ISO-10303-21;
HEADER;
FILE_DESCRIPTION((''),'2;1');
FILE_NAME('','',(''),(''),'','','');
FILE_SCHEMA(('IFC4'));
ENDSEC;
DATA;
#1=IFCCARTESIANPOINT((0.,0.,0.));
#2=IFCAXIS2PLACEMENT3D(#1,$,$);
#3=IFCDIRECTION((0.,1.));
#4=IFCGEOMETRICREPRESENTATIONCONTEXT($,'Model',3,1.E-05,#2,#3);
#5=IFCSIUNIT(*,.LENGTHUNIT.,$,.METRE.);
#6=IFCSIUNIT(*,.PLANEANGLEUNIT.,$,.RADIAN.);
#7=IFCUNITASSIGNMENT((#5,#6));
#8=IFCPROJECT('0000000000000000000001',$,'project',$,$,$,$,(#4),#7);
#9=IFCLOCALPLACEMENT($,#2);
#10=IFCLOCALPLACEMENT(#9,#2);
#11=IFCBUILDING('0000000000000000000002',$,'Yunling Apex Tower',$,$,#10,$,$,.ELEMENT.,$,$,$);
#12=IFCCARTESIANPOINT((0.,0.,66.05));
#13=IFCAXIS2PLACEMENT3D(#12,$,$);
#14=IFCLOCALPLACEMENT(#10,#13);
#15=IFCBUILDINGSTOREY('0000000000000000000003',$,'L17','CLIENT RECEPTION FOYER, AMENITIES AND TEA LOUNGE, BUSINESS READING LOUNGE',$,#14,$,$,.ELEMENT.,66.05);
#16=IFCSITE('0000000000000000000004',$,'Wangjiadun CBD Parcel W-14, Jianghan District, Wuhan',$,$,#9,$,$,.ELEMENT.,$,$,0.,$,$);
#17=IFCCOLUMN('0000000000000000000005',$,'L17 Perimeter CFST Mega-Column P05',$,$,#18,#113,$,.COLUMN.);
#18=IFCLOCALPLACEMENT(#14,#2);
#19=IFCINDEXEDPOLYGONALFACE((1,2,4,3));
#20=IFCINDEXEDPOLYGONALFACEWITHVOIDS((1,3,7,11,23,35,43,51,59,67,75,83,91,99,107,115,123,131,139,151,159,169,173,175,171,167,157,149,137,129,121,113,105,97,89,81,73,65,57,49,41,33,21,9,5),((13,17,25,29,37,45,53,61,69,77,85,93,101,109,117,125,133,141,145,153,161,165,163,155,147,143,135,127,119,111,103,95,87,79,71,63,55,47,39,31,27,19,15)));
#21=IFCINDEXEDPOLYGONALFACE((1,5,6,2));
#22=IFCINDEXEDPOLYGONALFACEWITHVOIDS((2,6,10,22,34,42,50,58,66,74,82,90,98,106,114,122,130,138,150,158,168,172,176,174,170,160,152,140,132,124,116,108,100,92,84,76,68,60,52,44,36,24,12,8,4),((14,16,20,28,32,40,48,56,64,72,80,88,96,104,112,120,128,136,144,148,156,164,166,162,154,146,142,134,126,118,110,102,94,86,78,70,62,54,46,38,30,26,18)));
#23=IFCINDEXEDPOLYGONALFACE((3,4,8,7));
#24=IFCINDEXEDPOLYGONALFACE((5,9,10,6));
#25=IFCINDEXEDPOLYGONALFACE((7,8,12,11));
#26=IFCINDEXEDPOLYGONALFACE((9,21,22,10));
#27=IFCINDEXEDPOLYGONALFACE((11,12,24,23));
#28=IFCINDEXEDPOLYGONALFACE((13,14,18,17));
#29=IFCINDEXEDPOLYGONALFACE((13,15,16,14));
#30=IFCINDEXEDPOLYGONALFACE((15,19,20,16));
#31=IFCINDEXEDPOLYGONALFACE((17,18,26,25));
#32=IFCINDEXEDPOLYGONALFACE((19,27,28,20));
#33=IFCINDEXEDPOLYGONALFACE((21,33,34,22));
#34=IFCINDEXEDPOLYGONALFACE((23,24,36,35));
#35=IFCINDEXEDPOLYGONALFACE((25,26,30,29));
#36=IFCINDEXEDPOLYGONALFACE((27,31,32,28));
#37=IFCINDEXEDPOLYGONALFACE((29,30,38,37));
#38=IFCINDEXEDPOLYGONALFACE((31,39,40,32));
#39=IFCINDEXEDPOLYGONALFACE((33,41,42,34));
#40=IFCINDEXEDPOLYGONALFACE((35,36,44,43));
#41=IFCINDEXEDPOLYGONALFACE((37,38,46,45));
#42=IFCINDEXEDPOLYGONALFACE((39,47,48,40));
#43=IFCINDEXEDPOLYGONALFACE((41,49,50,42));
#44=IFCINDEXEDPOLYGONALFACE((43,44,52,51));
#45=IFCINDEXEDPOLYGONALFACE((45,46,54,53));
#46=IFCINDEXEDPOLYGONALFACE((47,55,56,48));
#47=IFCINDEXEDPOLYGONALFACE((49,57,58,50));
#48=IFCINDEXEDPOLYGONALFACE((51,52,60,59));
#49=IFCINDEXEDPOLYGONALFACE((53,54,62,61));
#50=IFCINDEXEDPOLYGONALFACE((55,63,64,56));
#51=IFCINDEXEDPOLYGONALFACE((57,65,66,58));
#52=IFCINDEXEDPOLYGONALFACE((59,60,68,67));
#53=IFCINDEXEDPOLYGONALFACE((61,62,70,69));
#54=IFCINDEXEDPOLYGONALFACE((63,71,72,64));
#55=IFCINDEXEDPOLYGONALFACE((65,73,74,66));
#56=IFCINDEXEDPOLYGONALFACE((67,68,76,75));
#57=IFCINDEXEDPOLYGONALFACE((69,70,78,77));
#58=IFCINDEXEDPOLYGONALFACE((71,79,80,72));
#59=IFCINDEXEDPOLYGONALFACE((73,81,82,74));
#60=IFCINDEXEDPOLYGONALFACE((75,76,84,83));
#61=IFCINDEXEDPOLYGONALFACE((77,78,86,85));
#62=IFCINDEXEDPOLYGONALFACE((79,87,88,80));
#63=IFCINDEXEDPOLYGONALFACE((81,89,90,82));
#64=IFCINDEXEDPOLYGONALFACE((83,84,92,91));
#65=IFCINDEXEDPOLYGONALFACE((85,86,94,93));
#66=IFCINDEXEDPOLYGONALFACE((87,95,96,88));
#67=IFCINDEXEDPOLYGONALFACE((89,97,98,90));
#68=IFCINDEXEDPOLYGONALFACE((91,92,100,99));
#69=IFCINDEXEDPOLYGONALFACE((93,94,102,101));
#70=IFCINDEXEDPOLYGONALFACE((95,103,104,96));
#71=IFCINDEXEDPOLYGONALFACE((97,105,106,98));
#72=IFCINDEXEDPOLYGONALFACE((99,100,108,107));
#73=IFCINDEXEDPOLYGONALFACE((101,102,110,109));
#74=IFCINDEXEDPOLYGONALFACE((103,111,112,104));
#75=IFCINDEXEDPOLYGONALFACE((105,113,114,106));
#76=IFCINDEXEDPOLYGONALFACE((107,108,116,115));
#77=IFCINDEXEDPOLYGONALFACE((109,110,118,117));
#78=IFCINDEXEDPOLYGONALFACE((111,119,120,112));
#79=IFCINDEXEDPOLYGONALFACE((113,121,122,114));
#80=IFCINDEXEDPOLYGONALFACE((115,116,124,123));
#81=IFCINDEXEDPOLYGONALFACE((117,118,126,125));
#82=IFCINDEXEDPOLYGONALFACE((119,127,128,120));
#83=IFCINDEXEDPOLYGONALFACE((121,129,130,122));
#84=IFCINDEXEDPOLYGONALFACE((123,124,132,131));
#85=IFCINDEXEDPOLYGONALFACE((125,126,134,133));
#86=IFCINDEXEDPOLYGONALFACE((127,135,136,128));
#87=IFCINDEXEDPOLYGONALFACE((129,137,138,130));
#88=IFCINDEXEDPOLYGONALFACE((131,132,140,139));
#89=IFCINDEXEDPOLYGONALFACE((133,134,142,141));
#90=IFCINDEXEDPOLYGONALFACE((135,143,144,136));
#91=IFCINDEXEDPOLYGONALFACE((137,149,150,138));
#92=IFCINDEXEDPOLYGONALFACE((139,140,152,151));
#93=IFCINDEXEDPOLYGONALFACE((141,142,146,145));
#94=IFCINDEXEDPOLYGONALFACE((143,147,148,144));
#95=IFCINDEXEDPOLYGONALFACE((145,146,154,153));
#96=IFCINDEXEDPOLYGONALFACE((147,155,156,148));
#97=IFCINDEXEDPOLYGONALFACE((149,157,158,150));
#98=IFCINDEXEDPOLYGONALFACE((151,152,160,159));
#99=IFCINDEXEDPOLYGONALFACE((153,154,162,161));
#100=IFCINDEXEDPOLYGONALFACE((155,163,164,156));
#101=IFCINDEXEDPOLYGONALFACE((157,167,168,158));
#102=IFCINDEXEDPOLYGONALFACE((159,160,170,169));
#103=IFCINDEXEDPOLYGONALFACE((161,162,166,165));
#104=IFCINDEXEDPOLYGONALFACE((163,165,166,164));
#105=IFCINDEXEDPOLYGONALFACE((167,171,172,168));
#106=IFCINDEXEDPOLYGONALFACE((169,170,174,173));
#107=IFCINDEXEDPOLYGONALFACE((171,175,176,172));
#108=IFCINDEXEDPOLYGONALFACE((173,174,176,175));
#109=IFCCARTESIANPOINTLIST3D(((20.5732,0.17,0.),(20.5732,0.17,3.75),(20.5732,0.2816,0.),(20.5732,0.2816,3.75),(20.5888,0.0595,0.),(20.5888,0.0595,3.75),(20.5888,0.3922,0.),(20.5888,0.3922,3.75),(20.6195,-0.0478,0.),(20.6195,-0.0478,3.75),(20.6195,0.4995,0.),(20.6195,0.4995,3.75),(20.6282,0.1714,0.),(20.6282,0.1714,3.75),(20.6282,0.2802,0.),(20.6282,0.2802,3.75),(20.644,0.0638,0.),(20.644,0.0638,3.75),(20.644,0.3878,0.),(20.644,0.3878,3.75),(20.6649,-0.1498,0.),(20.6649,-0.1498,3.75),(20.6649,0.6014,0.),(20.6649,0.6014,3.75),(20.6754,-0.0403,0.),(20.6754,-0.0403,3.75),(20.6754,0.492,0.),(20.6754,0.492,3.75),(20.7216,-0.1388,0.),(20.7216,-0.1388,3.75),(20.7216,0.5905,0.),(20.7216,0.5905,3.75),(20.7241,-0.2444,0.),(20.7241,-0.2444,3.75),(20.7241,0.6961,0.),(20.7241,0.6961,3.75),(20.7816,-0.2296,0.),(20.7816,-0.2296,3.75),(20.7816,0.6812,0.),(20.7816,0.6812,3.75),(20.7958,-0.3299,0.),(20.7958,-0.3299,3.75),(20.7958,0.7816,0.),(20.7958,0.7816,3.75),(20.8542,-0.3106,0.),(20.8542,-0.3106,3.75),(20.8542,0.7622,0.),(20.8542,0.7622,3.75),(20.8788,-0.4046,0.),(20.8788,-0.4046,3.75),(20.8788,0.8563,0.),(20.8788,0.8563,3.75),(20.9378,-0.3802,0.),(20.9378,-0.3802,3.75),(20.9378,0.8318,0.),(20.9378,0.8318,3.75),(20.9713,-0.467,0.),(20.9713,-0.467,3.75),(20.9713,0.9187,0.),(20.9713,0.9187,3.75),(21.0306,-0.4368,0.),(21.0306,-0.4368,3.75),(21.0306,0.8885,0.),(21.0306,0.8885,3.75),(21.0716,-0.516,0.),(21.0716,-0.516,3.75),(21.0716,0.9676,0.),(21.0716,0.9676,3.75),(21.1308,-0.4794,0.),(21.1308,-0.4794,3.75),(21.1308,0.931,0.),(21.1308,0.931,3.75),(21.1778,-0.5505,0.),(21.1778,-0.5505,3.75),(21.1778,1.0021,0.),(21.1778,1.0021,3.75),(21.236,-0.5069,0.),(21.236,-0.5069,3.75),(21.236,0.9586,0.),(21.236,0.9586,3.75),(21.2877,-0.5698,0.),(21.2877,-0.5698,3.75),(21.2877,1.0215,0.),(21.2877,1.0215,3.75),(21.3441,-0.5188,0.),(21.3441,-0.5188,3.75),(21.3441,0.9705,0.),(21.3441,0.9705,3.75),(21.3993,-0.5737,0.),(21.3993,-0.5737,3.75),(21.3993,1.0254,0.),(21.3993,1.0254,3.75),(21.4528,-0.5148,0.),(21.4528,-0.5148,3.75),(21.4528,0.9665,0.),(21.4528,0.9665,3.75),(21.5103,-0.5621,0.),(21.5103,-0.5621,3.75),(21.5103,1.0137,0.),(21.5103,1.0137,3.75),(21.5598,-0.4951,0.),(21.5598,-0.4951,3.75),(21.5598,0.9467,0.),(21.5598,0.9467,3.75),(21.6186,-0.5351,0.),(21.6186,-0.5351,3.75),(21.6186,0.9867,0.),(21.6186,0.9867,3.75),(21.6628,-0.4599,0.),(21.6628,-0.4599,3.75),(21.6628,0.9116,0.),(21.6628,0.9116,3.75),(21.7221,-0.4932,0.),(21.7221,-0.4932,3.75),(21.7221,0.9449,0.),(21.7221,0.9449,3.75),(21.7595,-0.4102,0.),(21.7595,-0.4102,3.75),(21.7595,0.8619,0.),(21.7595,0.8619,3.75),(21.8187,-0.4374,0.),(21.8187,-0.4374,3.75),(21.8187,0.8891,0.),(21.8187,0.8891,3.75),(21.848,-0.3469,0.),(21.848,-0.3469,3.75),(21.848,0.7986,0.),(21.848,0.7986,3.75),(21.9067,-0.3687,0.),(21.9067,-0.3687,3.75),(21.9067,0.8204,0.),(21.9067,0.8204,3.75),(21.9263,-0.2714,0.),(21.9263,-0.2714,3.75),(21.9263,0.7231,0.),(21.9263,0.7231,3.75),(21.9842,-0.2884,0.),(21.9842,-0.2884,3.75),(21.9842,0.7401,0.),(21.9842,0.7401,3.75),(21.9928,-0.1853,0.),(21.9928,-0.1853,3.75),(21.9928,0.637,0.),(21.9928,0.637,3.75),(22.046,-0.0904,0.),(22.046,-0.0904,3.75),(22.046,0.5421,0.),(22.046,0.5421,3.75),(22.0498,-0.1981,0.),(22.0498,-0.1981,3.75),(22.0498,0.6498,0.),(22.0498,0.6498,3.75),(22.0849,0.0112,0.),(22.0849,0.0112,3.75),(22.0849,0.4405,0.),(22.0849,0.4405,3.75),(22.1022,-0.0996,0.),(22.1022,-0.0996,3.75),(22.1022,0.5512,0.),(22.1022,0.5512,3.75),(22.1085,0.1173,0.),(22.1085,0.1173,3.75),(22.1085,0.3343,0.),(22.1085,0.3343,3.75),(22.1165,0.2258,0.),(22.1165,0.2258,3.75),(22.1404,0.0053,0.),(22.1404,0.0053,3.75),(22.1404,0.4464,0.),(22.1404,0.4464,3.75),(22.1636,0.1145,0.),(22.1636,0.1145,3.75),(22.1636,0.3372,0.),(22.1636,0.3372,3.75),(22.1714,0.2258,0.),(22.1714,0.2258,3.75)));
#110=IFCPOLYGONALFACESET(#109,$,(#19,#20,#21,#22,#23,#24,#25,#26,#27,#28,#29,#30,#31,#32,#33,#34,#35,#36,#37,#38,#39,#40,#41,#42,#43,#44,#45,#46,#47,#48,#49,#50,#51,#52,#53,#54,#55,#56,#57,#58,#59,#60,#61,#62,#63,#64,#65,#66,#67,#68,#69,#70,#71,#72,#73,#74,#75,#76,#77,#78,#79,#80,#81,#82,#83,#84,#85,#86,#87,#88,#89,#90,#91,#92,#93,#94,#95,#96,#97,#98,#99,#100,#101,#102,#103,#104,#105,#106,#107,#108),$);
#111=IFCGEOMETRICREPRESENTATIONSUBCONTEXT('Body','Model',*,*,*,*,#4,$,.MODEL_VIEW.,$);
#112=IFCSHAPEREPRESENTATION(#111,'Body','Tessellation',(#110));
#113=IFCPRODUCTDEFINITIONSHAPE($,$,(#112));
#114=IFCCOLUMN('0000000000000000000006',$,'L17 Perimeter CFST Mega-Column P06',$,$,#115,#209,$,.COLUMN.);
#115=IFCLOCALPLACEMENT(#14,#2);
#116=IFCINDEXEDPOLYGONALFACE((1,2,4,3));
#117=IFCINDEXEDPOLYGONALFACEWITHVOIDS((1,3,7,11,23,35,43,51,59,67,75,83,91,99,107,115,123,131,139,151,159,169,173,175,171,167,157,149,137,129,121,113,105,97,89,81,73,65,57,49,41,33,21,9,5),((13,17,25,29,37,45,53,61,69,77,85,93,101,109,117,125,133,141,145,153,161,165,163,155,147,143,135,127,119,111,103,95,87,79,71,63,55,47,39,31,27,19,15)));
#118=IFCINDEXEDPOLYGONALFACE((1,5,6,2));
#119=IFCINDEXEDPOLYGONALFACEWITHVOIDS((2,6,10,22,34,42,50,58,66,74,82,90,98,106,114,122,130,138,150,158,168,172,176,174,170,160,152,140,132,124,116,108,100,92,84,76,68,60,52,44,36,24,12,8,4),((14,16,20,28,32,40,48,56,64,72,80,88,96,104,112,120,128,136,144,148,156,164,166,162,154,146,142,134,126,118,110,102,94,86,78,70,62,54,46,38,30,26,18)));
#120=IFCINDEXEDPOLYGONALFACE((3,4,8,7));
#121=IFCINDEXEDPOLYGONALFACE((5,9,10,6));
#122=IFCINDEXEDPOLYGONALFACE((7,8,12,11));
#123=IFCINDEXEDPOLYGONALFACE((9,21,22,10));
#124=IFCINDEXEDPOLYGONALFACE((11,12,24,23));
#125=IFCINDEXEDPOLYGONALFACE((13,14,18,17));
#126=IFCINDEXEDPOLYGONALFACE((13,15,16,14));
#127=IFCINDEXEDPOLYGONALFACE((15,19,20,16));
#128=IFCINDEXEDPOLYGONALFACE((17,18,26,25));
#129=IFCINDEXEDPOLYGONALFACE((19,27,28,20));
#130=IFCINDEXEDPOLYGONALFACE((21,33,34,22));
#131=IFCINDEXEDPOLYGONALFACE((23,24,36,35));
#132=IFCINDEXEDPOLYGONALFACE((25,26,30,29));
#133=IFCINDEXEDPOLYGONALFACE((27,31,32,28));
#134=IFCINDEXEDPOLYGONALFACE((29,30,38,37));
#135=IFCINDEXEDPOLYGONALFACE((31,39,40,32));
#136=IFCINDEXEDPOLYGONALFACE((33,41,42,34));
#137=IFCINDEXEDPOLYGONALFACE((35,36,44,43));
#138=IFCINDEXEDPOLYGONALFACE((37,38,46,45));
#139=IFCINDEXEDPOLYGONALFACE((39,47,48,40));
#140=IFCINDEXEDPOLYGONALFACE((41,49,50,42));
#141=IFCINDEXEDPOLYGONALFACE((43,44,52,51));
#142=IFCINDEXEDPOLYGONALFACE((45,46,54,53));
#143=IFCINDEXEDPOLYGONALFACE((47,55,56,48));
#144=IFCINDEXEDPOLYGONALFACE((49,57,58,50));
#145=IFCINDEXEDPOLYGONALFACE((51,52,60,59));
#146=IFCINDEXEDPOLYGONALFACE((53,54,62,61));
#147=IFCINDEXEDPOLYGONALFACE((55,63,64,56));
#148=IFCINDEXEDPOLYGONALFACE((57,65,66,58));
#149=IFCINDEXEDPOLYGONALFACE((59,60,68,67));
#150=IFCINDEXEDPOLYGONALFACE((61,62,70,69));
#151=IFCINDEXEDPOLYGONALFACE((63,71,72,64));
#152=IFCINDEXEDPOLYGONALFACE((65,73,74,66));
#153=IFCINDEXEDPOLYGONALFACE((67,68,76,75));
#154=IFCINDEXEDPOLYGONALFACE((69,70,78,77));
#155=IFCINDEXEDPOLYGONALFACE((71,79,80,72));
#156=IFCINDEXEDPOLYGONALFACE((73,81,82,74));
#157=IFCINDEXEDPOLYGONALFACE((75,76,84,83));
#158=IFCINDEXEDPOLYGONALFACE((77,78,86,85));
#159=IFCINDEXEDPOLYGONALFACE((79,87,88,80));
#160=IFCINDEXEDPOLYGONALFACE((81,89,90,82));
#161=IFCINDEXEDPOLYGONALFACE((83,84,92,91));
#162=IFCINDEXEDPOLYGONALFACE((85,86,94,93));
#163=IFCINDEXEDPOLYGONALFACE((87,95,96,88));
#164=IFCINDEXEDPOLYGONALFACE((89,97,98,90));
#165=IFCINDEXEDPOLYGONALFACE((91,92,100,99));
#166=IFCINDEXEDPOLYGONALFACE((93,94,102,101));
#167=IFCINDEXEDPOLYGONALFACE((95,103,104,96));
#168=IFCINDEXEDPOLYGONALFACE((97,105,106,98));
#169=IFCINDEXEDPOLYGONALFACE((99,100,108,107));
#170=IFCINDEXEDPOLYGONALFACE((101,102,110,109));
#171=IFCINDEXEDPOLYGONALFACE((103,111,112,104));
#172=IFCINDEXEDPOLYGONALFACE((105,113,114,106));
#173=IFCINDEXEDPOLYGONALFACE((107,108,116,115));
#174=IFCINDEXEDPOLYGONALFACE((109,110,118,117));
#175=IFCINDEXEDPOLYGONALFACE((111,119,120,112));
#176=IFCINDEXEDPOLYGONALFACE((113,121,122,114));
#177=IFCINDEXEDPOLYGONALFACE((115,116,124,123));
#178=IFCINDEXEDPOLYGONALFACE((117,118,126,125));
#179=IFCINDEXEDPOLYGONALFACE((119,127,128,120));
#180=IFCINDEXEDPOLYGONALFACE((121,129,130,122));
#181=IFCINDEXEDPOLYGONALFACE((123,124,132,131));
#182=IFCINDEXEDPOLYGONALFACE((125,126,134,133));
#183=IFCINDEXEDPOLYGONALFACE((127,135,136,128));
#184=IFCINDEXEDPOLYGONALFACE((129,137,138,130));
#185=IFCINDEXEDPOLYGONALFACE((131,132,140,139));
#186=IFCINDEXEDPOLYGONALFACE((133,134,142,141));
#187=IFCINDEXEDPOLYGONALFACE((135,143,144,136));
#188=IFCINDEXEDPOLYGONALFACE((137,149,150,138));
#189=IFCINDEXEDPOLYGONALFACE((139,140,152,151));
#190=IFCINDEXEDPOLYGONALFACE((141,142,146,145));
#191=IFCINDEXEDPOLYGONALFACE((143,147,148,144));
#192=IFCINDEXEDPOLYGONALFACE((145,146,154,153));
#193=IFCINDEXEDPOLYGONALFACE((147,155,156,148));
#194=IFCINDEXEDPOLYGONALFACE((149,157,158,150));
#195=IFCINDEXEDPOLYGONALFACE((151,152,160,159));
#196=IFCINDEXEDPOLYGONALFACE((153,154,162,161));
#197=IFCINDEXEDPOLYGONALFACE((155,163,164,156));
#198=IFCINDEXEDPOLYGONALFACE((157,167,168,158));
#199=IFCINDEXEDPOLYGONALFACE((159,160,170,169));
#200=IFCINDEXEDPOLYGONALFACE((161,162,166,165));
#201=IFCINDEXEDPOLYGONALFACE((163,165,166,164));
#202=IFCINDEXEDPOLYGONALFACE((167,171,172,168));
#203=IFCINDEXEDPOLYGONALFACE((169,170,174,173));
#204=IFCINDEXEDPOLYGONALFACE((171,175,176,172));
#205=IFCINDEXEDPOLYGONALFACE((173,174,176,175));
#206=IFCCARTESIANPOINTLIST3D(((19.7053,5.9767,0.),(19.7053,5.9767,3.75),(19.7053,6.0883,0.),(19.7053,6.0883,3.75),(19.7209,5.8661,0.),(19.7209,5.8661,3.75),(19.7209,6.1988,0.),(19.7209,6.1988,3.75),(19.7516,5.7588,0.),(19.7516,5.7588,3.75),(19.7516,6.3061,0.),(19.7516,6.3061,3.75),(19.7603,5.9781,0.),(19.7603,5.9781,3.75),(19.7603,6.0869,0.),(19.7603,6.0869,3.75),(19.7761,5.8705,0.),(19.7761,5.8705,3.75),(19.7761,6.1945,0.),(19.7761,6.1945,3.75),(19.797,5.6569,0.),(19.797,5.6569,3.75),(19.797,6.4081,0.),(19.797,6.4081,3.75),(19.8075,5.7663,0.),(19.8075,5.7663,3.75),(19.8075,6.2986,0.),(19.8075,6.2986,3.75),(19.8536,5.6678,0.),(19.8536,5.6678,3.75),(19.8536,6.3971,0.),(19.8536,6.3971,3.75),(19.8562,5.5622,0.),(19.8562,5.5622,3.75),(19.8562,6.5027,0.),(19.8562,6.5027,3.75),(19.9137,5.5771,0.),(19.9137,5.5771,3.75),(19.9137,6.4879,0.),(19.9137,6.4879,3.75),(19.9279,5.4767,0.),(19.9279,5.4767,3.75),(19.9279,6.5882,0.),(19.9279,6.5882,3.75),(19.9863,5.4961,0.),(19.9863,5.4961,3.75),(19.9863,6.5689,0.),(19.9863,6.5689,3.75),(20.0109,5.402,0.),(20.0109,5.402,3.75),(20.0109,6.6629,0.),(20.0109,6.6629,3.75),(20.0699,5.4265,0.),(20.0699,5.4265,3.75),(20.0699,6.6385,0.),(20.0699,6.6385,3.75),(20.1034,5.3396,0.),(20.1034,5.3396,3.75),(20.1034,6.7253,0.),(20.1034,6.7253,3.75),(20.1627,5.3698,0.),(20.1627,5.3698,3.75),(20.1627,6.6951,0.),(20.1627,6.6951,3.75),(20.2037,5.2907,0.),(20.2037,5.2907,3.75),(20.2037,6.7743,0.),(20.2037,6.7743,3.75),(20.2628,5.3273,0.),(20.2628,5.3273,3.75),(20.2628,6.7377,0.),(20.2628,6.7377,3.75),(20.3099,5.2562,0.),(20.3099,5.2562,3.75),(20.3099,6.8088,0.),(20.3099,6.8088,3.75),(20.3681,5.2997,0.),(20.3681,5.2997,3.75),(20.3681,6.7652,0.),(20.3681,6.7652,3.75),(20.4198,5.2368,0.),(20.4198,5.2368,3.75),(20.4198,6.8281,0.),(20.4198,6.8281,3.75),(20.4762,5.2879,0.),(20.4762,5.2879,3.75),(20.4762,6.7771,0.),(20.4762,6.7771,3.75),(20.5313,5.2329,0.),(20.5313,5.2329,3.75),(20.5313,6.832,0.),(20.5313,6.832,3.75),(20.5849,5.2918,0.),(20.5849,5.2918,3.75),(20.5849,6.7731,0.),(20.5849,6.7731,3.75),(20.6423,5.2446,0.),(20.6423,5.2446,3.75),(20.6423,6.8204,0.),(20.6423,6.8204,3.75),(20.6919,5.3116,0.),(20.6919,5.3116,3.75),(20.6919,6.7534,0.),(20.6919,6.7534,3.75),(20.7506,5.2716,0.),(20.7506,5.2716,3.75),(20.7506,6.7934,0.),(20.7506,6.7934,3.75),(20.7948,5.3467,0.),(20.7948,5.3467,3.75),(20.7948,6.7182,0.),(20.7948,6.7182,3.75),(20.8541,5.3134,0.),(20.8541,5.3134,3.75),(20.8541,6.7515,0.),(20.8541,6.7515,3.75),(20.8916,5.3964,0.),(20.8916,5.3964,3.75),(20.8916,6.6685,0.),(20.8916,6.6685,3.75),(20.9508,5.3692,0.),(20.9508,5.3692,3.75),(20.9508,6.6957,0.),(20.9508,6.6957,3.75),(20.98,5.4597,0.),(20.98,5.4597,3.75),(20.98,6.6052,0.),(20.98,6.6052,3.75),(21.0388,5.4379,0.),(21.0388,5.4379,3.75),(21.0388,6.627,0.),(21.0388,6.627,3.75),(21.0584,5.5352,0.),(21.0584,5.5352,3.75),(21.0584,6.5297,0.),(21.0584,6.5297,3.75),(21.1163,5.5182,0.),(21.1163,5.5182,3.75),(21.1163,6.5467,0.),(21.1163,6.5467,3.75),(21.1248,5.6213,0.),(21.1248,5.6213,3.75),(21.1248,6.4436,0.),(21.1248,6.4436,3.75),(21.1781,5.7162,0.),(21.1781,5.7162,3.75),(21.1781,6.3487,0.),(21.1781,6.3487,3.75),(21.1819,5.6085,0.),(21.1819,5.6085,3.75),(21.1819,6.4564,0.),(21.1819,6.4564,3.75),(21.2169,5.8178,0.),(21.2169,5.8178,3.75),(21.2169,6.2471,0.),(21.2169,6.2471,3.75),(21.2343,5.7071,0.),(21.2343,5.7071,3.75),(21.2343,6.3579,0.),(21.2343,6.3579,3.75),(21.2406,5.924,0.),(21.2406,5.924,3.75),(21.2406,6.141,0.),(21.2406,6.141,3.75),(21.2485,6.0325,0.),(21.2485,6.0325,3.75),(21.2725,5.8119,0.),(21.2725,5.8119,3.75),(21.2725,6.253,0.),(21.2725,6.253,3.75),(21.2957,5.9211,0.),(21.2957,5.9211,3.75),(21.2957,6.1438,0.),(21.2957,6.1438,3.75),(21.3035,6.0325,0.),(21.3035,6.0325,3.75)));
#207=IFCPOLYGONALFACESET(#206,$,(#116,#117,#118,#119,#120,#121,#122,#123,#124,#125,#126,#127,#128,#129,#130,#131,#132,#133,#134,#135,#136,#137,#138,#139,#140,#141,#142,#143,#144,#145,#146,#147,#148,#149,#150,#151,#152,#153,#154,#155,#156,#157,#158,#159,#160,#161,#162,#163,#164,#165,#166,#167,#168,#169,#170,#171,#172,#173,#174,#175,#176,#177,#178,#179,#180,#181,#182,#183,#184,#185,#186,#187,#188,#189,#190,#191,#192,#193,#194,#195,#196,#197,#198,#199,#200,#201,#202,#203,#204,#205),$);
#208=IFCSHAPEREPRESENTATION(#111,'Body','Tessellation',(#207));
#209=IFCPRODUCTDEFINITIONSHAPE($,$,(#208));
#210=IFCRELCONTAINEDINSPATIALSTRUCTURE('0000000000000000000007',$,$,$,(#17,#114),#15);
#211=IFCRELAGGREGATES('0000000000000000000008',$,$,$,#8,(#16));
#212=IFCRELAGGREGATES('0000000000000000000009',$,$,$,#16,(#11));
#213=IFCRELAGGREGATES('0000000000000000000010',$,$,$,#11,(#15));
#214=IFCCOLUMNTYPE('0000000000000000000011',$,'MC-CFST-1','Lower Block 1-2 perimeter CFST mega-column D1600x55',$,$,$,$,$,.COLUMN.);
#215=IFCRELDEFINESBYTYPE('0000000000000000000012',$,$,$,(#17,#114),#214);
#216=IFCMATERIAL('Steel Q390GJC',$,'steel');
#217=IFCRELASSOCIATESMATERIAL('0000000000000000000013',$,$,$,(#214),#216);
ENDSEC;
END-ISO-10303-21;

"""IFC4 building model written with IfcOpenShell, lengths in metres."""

from ifc_helpers import new_model, si_unit, direction, frame, origin, origin_2d, place, context, subcontext, project, spatial, hollow_circle, extrude, source, transform, mapped, material, material_profile, profile_set, type_object, element, save


model = new_model("IFC4")

# Units and contexts
model_context = context("Model", 3, precision=1e-05, world=origin(), true_north=direction((0.0, 1.0)))
body_context = subcontext(model_context, "Body", "Model", "MODEL_VIEW")
ifc_project = project(units=[si_unit("LENGTHUNIT", "METRE"), si_unit("PLANEANGLEUNIT", "RADIAN")], contexts=[model_context])

# Site, building, storey
site_placement = place(None, origin())
site = spatial("IfcSite", under=ifc_project, at=site_placement, Name="Wangjiadun CBD Parcel W-14, Jianghan District, Wuhan", CompositionType="ELEMENT", RefElevation=0.0)
building_placement = place(site_placement, origin())
building = spatial("IfcBuilding", under=site, at=building_placement, Name="Yunling Apex Tower", CompositionType="ELEMENT")
storey_placement = place(building_placement, frame((0.0, 0.0, 66.05)))
storey = spatial("IfcBuildingStorey", under=building, at=storey_placement, Name="L17", Description="CLIENT RECEPTION FOYER, AMENITIES AND TEA LOUNGE, BUSINESS READING LOUNGE", CompositionType="ELEMENT", Elevation=66.05)

# Columns
ifc_material_1 = material(Name="Steel Q390GJC", Category="steel")
ifc_material_profile_1 = material_profile(ifc_material_1, hollow_circle(Radius=0.8, WallThickness=0.0549, at=origin_2d()))
ifc_profile_set_1 = profile_set([ifc_material_profile_1], Name="Steel Q390GJC")
column_type = type_object("IfcColumnType", Name="MC-CFST-1", Description="Lower Block 1-2 perimeter CFST mega-column D1600x55", PredefinedType="COLUMN", material=ifc_profile_set_1)
shared_shape_1 = source(origin(), body_context, "Body", "SweptSolid", [
    extrude(hollow_circle(Radius=0.8, WallThickness=0.0549, at=origin_2d()), origin(), (0.0, 0.0, 1.0), 3.75),
])
for number, where, z_axis, x_axis, name in (
    (1, (21.3713, 0.2258, 0.0), (0.0, 0.0, 1.0), (1.0, 0.0, 0.0), "L17 Perimeter CFST Mega-Column P05"),
    (2, (20.5034, 6.0325, 0.0), (0.0, 0.0, 1.0), (1.0, 0.0, 0.0), "L17 Perimeter CFST Mega-Column P06"),
):
    element("IfcColumn", number, at=place(storey_placement, frame(where, z_axis=z_axis, x_axis=x_axis)), inside=storey, type_object=column_type, Name=name, PredefinedType="COLUMN", context=body_context, shape_type="MappedRepresentation", body=[
        mapped(shared_shape_1, transform((0.0, 0.0, 0.0), scale=1.0)),
    ])

save(model, "model.ifc")
